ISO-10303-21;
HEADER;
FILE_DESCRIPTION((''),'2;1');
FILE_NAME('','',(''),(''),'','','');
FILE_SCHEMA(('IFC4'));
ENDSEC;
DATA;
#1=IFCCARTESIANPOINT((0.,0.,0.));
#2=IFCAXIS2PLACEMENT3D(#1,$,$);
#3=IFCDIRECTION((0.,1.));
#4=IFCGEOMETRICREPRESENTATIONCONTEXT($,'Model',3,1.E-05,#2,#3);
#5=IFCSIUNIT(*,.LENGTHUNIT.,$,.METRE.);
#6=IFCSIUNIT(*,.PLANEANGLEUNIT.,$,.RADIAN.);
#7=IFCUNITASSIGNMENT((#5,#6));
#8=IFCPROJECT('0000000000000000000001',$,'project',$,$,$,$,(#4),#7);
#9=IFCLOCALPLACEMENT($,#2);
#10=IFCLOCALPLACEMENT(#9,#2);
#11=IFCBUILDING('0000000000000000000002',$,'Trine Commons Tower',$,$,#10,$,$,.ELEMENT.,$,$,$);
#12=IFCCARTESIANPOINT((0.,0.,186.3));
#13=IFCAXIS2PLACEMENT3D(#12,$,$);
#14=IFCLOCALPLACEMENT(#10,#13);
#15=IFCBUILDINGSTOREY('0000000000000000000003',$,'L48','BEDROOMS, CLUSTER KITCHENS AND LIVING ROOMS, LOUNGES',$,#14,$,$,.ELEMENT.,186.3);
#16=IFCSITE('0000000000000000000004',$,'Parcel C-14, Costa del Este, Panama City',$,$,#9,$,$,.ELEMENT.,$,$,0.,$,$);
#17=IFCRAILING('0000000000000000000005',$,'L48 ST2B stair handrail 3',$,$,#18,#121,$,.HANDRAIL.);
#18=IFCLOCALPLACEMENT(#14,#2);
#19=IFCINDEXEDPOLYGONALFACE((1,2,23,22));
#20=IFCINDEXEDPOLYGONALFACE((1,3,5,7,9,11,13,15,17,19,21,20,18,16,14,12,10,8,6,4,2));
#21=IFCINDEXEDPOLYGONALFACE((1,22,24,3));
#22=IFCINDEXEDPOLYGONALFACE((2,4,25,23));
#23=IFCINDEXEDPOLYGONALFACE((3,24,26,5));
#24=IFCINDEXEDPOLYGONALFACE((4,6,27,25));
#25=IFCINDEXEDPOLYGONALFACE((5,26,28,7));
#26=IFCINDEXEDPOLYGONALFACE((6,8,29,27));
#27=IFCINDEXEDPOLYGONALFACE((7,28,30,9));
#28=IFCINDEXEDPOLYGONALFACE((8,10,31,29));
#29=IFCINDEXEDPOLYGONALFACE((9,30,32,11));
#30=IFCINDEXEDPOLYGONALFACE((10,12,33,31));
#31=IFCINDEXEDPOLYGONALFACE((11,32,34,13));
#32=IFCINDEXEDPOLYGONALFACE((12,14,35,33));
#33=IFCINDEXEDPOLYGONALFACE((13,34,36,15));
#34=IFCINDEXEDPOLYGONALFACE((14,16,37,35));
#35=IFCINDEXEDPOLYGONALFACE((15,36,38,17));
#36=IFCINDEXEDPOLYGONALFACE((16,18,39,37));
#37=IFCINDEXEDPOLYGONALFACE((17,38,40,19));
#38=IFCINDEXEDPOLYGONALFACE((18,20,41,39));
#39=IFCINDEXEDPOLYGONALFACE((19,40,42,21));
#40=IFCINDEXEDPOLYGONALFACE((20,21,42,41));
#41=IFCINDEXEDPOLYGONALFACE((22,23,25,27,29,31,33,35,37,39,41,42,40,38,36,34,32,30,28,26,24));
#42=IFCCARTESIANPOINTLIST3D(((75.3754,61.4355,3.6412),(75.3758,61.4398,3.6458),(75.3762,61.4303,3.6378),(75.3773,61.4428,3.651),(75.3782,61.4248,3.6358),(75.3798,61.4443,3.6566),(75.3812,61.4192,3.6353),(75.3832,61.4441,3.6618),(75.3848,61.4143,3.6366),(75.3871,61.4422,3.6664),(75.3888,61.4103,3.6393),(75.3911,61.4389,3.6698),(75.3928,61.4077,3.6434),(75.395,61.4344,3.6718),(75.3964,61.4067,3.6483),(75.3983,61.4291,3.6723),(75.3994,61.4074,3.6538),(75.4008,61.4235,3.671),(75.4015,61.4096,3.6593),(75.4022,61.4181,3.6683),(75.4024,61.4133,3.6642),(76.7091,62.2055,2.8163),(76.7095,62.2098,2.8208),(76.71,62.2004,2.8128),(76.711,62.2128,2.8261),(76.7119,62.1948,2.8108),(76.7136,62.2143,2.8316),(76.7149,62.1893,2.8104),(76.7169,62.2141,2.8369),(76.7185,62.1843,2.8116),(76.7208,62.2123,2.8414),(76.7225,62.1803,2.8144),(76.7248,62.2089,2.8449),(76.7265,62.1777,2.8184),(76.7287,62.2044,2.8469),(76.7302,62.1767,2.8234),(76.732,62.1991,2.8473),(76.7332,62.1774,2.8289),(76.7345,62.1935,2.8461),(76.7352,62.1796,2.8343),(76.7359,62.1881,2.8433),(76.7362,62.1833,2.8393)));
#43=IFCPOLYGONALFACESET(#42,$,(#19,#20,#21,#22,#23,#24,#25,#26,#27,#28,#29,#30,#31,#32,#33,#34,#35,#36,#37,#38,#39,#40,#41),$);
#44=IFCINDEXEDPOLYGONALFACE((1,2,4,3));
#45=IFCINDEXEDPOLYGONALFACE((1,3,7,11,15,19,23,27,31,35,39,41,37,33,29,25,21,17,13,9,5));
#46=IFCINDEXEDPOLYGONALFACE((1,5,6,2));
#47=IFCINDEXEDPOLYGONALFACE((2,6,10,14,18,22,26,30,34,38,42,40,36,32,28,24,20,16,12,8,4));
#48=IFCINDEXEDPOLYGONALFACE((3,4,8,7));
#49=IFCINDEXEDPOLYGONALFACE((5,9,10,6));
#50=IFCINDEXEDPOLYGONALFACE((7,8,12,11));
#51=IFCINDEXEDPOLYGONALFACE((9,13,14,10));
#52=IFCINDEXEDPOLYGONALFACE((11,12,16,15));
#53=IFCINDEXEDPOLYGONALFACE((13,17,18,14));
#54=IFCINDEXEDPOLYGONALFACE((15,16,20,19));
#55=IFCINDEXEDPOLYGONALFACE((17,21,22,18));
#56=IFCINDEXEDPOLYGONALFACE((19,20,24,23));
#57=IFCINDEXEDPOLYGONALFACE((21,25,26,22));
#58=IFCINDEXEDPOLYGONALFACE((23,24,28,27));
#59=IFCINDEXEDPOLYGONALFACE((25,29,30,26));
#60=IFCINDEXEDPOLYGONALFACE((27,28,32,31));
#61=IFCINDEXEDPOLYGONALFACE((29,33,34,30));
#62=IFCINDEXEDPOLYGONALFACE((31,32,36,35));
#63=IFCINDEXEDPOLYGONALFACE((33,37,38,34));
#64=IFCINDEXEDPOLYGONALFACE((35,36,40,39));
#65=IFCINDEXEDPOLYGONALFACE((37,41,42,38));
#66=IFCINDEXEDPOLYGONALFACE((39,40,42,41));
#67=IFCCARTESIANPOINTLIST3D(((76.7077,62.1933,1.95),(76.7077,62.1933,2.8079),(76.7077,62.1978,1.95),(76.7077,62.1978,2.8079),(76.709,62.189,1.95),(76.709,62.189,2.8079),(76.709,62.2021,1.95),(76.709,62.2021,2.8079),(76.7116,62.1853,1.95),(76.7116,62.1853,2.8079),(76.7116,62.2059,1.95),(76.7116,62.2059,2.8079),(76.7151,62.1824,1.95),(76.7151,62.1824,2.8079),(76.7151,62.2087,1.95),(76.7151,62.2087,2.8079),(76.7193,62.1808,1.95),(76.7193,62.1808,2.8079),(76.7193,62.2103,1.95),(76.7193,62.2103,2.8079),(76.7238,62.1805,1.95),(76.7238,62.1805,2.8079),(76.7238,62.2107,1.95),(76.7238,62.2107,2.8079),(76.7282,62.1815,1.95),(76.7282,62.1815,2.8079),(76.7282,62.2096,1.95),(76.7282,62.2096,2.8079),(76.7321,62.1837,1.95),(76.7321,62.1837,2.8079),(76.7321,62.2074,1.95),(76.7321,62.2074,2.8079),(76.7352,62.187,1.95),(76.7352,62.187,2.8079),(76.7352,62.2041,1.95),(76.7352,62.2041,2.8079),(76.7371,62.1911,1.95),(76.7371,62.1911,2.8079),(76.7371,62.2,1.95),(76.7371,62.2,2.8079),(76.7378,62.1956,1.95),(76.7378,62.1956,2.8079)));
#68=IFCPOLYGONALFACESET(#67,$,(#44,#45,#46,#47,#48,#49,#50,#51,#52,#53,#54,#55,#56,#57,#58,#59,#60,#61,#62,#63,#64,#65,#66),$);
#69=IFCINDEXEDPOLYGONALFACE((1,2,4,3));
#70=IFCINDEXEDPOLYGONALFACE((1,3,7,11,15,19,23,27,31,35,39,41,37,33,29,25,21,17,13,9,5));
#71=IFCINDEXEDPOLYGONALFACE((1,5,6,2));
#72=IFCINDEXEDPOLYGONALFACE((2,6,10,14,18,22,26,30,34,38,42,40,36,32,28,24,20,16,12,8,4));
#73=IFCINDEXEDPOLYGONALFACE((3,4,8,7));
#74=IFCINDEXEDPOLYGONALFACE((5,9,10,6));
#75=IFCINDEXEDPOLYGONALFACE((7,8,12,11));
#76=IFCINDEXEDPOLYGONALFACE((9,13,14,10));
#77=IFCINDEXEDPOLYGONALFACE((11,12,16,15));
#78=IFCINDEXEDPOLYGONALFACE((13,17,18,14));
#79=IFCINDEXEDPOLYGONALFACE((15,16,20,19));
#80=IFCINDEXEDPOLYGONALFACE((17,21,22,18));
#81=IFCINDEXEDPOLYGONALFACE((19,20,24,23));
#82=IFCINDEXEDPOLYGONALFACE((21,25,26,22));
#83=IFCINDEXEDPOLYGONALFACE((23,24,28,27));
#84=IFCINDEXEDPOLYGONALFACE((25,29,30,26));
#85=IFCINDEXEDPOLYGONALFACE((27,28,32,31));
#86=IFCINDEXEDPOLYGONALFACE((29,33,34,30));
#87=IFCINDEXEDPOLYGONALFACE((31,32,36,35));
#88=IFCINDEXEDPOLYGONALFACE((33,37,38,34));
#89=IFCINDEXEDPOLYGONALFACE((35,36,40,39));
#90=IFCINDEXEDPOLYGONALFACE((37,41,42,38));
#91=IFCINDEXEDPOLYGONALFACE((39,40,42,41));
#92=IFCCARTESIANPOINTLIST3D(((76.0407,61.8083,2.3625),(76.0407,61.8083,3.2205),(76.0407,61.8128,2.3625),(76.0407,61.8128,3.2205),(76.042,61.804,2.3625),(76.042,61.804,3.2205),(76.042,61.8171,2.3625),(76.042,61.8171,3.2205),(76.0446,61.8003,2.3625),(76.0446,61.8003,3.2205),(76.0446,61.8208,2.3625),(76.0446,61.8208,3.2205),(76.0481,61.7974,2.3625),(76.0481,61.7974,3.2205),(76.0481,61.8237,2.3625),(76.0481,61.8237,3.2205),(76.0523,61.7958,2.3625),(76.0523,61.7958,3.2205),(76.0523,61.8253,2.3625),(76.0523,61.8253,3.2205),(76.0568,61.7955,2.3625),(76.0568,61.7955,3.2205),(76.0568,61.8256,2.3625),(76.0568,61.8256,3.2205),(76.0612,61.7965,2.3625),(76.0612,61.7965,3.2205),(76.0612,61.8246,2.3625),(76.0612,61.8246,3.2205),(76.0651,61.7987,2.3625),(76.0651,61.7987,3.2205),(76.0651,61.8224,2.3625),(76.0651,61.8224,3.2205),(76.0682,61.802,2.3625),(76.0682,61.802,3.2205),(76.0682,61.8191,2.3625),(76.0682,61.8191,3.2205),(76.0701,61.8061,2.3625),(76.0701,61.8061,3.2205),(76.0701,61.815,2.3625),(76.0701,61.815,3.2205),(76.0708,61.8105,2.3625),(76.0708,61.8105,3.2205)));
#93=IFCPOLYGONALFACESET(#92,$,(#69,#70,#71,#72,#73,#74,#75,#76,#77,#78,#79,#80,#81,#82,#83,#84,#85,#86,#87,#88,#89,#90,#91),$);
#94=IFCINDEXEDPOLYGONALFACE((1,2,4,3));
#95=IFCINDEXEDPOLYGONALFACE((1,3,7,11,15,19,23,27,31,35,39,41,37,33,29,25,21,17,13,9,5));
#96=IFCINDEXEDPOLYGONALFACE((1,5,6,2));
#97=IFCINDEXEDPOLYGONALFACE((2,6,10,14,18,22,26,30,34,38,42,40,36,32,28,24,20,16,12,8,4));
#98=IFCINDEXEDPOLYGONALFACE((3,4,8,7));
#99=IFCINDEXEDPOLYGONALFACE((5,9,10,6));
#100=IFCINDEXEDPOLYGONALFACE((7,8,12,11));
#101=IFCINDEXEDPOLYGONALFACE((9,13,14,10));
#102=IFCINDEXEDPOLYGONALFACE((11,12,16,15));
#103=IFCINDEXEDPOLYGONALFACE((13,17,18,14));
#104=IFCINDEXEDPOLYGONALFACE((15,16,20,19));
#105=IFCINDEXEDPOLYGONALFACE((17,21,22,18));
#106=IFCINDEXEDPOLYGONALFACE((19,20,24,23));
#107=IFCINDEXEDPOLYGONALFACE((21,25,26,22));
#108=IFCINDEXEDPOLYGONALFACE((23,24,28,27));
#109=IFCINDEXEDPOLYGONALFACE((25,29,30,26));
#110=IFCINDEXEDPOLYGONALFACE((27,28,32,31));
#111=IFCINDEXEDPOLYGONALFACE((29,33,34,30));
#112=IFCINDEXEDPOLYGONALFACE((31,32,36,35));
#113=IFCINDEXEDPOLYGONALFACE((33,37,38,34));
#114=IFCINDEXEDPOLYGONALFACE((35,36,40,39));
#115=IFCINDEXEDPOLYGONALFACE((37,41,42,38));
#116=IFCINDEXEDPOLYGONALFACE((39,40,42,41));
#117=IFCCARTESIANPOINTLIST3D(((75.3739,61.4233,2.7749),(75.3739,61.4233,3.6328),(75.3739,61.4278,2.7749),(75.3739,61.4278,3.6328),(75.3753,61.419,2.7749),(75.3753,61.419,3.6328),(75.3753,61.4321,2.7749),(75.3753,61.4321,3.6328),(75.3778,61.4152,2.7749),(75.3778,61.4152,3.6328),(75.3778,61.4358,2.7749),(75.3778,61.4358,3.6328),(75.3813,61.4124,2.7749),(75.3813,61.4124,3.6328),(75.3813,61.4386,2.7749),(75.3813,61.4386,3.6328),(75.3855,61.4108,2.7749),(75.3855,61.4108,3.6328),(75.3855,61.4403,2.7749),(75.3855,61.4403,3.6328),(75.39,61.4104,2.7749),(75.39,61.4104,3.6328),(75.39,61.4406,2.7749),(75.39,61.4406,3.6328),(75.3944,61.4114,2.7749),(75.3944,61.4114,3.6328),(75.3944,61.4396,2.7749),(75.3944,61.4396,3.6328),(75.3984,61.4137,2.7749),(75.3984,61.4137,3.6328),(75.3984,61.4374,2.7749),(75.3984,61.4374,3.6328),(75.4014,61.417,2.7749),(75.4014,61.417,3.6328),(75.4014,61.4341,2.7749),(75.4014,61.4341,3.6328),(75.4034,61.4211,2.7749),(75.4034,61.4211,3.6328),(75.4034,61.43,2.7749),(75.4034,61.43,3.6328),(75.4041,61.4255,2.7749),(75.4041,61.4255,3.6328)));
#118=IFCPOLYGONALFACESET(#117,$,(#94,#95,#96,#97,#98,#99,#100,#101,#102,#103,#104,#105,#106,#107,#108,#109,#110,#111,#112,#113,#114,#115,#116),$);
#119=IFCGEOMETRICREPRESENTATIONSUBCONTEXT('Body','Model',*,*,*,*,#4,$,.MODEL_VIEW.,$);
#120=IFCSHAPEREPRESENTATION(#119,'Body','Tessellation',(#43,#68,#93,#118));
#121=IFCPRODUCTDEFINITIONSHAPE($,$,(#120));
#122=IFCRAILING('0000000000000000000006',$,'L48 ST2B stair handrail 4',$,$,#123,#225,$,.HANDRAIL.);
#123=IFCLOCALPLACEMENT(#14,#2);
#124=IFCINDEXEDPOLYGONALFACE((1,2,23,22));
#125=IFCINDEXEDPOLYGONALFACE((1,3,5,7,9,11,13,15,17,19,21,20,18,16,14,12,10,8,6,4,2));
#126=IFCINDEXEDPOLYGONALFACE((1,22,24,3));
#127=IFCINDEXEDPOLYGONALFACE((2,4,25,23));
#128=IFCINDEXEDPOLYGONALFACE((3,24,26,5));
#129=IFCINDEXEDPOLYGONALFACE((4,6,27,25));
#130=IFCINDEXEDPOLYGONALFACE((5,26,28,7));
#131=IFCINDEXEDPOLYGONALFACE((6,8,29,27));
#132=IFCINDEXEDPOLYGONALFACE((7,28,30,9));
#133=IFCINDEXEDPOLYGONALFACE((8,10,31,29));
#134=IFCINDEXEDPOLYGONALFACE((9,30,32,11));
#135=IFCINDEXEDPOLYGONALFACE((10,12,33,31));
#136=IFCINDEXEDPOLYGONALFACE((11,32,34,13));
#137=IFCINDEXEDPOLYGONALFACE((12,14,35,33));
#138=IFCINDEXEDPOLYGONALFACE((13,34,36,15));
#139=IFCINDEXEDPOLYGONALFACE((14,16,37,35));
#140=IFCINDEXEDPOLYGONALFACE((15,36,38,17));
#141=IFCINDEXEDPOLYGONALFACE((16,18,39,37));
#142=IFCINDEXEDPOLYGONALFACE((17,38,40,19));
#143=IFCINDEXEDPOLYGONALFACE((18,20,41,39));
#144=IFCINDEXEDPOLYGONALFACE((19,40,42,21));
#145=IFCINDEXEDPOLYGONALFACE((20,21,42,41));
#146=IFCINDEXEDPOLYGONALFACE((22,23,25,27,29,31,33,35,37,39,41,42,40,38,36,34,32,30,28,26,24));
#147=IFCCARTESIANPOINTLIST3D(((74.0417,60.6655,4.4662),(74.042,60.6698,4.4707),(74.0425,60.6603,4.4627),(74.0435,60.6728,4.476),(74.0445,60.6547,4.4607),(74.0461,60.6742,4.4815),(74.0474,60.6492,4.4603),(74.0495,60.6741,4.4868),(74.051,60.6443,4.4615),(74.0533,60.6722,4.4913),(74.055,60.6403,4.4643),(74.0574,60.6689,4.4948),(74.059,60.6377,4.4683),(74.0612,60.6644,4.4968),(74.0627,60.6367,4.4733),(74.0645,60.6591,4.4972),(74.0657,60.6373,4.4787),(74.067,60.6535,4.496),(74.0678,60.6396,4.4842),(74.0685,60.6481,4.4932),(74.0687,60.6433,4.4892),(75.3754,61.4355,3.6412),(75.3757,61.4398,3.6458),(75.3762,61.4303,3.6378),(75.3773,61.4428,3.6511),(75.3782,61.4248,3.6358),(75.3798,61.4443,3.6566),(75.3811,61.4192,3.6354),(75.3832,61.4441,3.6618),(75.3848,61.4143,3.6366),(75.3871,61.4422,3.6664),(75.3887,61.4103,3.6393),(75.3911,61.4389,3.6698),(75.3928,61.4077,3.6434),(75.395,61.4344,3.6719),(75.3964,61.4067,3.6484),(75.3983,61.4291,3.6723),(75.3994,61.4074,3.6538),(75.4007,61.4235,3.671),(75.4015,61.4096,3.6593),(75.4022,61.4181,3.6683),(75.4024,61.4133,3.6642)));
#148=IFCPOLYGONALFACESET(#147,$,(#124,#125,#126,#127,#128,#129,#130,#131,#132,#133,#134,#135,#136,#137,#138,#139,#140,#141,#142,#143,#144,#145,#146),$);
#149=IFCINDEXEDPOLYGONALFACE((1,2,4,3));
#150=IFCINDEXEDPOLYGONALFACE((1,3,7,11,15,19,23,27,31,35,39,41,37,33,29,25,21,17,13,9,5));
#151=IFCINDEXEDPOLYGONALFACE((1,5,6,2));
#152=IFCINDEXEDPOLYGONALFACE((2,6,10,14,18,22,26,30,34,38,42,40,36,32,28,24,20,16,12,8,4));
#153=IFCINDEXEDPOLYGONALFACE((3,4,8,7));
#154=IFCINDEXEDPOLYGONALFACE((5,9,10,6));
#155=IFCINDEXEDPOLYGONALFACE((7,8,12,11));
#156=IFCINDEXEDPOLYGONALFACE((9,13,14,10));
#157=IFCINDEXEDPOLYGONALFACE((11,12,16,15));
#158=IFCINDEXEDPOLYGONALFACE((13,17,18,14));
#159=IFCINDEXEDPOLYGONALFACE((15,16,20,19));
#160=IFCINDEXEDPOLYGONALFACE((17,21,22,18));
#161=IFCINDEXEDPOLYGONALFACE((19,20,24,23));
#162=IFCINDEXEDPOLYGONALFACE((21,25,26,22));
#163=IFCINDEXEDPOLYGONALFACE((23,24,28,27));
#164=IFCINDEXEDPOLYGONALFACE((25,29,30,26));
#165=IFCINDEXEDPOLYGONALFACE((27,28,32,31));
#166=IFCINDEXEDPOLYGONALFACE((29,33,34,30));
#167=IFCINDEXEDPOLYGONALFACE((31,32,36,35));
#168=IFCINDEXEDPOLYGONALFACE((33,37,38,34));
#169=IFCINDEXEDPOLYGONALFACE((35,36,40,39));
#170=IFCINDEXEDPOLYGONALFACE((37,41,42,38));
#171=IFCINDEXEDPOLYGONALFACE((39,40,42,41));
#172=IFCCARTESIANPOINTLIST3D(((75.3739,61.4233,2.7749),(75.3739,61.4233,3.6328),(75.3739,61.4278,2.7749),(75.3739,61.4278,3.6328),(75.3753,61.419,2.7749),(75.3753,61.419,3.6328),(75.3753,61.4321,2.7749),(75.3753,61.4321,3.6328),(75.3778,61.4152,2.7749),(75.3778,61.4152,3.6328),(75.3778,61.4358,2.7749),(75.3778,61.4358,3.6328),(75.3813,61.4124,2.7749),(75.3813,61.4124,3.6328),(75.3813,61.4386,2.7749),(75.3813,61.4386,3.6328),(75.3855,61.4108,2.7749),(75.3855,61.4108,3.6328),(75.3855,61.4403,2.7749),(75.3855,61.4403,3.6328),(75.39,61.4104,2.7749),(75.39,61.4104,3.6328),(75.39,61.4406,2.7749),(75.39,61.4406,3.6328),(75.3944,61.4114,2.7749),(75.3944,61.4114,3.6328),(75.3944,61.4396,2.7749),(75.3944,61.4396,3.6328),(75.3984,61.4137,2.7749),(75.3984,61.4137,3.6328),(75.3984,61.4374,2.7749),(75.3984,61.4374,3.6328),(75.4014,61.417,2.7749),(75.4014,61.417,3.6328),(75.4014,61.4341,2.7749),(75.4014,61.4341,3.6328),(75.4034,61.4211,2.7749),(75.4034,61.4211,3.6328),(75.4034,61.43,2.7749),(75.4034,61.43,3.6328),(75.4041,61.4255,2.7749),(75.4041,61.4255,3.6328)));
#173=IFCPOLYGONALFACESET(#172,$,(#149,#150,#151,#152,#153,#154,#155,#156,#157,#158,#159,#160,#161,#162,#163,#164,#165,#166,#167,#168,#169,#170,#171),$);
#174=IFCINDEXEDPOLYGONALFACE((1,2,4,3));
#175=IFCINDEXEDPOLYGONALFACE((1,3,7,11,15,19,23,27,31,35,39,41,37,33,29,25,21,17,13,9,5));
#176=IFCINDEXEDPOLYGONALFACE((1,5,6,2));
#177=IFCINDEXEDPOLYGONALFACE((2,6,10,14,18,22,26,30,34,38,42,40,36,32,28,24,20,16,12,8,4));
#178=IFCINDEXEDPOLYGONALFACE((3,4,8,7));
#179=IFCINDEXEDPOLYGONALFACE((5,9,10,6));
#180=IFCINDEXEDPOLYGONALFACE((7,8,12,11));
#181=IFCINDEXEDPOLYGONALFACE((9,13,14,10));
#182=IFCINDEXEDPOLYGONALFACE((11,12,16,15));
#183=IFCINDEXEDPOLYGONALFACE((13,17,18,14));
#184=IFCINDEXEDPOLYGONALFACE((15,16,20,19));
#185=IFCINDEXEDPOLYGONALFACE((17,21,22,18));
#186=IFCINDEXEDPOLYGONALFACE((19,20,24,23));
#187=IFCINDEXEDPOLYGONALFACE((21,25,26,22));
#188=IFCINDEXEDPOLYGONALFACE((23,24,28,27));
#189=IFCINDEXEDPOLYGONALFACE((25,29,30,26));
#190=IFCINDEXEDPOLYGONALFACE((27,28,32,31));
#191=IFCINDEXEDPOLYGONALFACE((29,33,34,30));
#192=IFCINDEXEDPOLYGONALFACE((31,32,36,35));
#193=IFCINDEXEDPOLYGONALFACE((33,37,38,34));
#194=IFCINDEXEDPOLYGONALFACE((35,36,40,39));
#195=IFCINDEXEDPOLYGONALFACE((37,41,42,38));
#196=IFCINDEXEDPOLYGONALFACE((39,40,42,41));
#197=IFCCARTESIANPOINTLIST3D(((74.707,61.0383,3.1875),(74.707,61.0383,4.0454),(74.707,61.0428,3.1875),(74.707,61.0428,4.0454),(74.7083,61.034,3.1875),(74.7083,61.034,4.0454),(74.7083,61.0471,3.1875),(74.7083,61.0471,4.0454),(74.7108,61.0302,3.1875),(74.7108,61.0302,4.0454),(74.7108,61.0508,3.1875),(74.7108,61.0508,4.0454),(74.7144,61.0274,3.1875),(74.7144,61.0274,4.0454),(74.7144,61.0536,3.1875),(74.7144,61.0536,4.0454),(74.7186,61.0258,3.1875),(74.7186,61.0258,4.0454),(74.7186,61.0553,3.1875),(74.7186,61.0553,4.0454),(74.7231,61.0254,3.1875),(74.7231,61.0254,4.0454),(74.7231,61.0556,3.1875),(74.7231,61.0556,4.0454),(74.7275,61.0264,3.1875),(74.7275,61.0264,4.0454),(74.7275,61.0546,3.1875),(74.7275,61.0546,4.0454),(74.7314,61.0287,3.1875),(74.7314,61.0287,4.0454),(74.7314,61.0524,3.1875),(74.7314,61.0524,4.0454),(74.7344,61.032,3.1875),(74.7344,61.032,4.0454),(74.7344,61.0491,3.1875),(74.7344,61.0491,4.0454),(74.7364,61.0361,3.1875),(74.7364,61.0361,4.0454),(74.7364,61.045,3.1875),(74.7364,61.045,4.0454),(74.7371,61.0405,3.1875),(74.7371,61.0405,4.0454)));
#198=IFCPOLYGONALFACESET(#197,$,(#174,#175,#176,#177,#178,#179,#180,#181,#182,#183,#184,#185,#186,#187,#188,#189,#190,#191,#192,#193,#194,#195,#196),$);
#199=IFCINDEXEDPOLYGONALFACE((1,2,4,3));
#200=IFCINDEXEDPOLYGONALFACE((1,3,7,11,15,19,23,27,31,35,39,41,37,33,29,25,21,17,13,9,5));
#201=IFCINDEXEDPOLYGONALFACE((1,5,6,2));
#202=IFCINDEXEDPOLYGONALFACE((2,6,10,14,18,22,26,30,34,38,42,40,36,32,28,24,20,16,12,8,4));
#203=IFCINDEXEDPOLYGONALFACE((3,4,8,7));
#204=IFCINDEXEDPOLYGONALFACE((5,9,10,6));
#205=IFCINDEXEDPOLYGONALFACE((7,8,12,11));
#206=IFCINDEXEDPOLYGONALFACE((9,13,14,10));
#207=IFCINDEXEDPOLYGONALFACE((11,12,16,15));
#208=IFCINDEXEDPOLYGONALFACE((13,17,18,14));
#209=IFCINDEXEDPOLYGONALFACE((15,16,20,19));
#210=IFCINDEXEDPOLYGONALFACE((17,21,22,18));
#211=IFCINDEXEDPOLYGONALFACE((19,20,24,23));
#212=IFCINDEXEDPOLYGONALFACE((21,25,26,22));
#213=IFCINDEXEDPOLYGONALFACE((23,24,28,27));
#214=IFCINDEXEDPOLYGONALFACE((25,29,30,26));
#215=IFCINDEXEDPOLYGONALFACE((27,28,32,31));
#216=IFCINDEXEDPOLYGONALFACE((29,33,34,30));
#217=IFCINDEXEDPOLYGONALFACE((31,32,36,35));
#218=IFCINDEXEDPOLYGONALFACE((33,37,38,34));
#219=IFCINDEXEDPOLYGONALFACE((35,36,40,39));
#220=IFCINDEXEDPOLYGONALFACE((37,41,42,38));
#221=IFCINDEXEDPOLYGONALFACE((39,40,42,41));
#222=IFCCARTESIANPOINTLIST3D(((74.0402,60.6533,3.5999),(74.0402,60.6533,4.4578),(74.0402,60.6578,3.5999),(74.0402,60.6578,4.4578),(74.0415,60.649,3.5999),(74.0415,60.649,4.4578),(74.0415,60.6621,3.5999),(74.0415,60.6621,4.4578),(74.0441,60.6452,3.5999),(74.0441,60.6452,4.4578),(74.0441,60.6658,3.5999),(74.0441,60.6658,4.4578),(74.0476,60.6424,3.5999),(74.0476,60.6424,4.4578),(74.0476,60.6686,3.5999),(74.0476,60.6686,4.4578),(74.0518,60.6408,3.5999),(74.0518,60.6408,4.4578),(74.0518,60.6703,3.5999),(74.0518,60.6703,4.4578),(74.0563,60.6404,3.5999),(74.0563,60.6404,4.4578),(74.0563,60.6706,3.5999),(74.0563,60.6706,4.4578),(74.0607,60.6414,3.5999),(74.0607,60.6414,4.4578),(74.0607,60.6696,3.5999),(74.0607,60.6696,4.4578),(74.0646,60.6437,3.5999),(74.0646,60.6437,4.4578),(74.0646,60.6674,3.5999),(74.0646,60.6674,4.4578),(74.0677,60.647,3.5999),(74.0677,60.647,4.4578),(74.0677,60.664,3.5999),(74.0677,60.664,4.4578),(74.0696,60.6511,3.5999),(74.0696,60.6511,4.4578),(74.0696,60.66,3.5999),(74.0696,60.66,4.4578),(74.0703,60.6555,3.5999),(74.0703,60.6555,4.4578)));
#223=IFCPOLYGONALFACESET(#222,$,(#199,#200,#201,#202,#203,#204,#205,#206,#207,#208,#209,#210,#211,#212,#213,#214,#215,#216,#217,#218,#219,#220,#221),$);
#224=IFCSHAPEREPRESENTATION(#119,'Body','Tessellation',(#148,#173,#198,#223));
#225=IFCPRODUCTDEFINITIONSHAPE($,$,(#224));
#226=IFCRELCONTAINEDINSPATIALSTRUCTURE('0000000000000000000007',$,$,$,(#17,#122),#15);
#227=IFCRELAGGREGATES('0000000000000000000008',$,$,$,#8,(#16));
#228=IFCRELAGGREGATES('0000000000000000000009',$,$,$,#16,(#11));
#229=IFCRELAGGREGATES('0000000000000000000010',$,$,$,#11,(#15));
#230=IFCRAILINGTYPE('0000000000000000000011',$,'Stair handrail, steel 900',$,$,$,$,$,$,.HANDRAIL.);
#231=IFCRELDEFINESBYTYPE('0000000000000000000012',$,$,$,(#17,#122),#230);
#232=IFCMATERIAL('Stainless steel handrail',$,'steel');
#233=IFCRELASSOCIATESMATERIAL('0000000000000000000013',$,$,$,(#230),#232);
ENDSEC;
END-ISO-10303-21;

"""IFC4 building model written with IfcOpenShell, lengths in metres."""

from ifc_helpers import new_model, si_unit, direction, frame, origin, origin_2d, place, context, subcontext, project, spatial, circle, extrude, material, type_object, element, save


model = new_model("IFC4")

# Units and contexts
model_context = context("Model", 3, precision=1e-05, world=origin(), true_north=direction((0.0, 1.0)))
body_context = subcontext(model_context, "Body", "Model", "MODEL_VIEW")
ifc_project = project(units=[si_unit("LENGTHUNIT", "METRE"), si_unit("PLANEANGLEUNIT", "RADIAN")], contexts=[model_context])

# Site, building, storey
site_placement = place(None, origin())
site = spatial("IfcSite", under=ifc_project, at=site_placement, Name="Parcel C-14, Costa del Este, Panama City", CompositionType="ELEMENT", RefElevation=0.0)
building_placement = place(site_placement, origin())
building = spatial("IfcBuilding", under=site, at=building_placement, Name="Trine Commons Tower", CompositionType="ELEMENT")
storey_placement = place(building_placement, frame((0.0, 0.0, 186.3)))
storey = spatial("IfcBuildingStorey", under=building, at=storey_placement, Name="L48", Description="BEDROOMS, CLUSTER KITCHENS AND LIVING ROOMS, LOUNGES", CompositionType="ELEMENT", Elevation=186.3)

# Railings
ifc_material_1 = material(Name="Stainless steel handrail", Category="steel")
railing_type_1 = type_object("IfcRailingType", Name="Stair handrail, steel 900", PredefinedType="HANDRAIL", material=ifc_material_1)
for number, where, name in (
    (1, (76.7227, 62.1956, 1.95), "L48 ST2B stair handrail 3"),
    (2, (75.3889, 61.4255, 2.7749), "L48 ST2B stair handrail 4"),
):
    element("IfcRailing", number, at=place(storey_placement, frame(where)), inside=storey, type_object=railing_type_1, Name=name, PredefinedType="HANDRAIL", context=body_context, shape_type="SweptSolid", body=[
        extrude(circle(Radius=0.021, at=origin_2d()), frame((0.0, 0.0, 0.8789), z_axis=(-0.763405, -0.440743, 0.472185), x_axis=(0.499992, -0.86603, 0.0)), (0.0, 0.0, 1.0), 1.7471),
        extrude(circle(Radius=0.0151, at=origin_2d()), origin(), (0.0, 0.0, 1.0), 0.8579),
        extrude(circle(Radius=0.0151, at=origin_2d()), frame((-0.667, -0.385, 0.4126)), (0.0, 0.0, 1.0), 0.8579),
        extrude(circle(Radius=0.0151, at=origin_2d()), frame((-1.3337, -0.77, 0.825)), (0.0, 0.0, 1.0), 0.8579),
    ])

save(model, "model.ifc")
